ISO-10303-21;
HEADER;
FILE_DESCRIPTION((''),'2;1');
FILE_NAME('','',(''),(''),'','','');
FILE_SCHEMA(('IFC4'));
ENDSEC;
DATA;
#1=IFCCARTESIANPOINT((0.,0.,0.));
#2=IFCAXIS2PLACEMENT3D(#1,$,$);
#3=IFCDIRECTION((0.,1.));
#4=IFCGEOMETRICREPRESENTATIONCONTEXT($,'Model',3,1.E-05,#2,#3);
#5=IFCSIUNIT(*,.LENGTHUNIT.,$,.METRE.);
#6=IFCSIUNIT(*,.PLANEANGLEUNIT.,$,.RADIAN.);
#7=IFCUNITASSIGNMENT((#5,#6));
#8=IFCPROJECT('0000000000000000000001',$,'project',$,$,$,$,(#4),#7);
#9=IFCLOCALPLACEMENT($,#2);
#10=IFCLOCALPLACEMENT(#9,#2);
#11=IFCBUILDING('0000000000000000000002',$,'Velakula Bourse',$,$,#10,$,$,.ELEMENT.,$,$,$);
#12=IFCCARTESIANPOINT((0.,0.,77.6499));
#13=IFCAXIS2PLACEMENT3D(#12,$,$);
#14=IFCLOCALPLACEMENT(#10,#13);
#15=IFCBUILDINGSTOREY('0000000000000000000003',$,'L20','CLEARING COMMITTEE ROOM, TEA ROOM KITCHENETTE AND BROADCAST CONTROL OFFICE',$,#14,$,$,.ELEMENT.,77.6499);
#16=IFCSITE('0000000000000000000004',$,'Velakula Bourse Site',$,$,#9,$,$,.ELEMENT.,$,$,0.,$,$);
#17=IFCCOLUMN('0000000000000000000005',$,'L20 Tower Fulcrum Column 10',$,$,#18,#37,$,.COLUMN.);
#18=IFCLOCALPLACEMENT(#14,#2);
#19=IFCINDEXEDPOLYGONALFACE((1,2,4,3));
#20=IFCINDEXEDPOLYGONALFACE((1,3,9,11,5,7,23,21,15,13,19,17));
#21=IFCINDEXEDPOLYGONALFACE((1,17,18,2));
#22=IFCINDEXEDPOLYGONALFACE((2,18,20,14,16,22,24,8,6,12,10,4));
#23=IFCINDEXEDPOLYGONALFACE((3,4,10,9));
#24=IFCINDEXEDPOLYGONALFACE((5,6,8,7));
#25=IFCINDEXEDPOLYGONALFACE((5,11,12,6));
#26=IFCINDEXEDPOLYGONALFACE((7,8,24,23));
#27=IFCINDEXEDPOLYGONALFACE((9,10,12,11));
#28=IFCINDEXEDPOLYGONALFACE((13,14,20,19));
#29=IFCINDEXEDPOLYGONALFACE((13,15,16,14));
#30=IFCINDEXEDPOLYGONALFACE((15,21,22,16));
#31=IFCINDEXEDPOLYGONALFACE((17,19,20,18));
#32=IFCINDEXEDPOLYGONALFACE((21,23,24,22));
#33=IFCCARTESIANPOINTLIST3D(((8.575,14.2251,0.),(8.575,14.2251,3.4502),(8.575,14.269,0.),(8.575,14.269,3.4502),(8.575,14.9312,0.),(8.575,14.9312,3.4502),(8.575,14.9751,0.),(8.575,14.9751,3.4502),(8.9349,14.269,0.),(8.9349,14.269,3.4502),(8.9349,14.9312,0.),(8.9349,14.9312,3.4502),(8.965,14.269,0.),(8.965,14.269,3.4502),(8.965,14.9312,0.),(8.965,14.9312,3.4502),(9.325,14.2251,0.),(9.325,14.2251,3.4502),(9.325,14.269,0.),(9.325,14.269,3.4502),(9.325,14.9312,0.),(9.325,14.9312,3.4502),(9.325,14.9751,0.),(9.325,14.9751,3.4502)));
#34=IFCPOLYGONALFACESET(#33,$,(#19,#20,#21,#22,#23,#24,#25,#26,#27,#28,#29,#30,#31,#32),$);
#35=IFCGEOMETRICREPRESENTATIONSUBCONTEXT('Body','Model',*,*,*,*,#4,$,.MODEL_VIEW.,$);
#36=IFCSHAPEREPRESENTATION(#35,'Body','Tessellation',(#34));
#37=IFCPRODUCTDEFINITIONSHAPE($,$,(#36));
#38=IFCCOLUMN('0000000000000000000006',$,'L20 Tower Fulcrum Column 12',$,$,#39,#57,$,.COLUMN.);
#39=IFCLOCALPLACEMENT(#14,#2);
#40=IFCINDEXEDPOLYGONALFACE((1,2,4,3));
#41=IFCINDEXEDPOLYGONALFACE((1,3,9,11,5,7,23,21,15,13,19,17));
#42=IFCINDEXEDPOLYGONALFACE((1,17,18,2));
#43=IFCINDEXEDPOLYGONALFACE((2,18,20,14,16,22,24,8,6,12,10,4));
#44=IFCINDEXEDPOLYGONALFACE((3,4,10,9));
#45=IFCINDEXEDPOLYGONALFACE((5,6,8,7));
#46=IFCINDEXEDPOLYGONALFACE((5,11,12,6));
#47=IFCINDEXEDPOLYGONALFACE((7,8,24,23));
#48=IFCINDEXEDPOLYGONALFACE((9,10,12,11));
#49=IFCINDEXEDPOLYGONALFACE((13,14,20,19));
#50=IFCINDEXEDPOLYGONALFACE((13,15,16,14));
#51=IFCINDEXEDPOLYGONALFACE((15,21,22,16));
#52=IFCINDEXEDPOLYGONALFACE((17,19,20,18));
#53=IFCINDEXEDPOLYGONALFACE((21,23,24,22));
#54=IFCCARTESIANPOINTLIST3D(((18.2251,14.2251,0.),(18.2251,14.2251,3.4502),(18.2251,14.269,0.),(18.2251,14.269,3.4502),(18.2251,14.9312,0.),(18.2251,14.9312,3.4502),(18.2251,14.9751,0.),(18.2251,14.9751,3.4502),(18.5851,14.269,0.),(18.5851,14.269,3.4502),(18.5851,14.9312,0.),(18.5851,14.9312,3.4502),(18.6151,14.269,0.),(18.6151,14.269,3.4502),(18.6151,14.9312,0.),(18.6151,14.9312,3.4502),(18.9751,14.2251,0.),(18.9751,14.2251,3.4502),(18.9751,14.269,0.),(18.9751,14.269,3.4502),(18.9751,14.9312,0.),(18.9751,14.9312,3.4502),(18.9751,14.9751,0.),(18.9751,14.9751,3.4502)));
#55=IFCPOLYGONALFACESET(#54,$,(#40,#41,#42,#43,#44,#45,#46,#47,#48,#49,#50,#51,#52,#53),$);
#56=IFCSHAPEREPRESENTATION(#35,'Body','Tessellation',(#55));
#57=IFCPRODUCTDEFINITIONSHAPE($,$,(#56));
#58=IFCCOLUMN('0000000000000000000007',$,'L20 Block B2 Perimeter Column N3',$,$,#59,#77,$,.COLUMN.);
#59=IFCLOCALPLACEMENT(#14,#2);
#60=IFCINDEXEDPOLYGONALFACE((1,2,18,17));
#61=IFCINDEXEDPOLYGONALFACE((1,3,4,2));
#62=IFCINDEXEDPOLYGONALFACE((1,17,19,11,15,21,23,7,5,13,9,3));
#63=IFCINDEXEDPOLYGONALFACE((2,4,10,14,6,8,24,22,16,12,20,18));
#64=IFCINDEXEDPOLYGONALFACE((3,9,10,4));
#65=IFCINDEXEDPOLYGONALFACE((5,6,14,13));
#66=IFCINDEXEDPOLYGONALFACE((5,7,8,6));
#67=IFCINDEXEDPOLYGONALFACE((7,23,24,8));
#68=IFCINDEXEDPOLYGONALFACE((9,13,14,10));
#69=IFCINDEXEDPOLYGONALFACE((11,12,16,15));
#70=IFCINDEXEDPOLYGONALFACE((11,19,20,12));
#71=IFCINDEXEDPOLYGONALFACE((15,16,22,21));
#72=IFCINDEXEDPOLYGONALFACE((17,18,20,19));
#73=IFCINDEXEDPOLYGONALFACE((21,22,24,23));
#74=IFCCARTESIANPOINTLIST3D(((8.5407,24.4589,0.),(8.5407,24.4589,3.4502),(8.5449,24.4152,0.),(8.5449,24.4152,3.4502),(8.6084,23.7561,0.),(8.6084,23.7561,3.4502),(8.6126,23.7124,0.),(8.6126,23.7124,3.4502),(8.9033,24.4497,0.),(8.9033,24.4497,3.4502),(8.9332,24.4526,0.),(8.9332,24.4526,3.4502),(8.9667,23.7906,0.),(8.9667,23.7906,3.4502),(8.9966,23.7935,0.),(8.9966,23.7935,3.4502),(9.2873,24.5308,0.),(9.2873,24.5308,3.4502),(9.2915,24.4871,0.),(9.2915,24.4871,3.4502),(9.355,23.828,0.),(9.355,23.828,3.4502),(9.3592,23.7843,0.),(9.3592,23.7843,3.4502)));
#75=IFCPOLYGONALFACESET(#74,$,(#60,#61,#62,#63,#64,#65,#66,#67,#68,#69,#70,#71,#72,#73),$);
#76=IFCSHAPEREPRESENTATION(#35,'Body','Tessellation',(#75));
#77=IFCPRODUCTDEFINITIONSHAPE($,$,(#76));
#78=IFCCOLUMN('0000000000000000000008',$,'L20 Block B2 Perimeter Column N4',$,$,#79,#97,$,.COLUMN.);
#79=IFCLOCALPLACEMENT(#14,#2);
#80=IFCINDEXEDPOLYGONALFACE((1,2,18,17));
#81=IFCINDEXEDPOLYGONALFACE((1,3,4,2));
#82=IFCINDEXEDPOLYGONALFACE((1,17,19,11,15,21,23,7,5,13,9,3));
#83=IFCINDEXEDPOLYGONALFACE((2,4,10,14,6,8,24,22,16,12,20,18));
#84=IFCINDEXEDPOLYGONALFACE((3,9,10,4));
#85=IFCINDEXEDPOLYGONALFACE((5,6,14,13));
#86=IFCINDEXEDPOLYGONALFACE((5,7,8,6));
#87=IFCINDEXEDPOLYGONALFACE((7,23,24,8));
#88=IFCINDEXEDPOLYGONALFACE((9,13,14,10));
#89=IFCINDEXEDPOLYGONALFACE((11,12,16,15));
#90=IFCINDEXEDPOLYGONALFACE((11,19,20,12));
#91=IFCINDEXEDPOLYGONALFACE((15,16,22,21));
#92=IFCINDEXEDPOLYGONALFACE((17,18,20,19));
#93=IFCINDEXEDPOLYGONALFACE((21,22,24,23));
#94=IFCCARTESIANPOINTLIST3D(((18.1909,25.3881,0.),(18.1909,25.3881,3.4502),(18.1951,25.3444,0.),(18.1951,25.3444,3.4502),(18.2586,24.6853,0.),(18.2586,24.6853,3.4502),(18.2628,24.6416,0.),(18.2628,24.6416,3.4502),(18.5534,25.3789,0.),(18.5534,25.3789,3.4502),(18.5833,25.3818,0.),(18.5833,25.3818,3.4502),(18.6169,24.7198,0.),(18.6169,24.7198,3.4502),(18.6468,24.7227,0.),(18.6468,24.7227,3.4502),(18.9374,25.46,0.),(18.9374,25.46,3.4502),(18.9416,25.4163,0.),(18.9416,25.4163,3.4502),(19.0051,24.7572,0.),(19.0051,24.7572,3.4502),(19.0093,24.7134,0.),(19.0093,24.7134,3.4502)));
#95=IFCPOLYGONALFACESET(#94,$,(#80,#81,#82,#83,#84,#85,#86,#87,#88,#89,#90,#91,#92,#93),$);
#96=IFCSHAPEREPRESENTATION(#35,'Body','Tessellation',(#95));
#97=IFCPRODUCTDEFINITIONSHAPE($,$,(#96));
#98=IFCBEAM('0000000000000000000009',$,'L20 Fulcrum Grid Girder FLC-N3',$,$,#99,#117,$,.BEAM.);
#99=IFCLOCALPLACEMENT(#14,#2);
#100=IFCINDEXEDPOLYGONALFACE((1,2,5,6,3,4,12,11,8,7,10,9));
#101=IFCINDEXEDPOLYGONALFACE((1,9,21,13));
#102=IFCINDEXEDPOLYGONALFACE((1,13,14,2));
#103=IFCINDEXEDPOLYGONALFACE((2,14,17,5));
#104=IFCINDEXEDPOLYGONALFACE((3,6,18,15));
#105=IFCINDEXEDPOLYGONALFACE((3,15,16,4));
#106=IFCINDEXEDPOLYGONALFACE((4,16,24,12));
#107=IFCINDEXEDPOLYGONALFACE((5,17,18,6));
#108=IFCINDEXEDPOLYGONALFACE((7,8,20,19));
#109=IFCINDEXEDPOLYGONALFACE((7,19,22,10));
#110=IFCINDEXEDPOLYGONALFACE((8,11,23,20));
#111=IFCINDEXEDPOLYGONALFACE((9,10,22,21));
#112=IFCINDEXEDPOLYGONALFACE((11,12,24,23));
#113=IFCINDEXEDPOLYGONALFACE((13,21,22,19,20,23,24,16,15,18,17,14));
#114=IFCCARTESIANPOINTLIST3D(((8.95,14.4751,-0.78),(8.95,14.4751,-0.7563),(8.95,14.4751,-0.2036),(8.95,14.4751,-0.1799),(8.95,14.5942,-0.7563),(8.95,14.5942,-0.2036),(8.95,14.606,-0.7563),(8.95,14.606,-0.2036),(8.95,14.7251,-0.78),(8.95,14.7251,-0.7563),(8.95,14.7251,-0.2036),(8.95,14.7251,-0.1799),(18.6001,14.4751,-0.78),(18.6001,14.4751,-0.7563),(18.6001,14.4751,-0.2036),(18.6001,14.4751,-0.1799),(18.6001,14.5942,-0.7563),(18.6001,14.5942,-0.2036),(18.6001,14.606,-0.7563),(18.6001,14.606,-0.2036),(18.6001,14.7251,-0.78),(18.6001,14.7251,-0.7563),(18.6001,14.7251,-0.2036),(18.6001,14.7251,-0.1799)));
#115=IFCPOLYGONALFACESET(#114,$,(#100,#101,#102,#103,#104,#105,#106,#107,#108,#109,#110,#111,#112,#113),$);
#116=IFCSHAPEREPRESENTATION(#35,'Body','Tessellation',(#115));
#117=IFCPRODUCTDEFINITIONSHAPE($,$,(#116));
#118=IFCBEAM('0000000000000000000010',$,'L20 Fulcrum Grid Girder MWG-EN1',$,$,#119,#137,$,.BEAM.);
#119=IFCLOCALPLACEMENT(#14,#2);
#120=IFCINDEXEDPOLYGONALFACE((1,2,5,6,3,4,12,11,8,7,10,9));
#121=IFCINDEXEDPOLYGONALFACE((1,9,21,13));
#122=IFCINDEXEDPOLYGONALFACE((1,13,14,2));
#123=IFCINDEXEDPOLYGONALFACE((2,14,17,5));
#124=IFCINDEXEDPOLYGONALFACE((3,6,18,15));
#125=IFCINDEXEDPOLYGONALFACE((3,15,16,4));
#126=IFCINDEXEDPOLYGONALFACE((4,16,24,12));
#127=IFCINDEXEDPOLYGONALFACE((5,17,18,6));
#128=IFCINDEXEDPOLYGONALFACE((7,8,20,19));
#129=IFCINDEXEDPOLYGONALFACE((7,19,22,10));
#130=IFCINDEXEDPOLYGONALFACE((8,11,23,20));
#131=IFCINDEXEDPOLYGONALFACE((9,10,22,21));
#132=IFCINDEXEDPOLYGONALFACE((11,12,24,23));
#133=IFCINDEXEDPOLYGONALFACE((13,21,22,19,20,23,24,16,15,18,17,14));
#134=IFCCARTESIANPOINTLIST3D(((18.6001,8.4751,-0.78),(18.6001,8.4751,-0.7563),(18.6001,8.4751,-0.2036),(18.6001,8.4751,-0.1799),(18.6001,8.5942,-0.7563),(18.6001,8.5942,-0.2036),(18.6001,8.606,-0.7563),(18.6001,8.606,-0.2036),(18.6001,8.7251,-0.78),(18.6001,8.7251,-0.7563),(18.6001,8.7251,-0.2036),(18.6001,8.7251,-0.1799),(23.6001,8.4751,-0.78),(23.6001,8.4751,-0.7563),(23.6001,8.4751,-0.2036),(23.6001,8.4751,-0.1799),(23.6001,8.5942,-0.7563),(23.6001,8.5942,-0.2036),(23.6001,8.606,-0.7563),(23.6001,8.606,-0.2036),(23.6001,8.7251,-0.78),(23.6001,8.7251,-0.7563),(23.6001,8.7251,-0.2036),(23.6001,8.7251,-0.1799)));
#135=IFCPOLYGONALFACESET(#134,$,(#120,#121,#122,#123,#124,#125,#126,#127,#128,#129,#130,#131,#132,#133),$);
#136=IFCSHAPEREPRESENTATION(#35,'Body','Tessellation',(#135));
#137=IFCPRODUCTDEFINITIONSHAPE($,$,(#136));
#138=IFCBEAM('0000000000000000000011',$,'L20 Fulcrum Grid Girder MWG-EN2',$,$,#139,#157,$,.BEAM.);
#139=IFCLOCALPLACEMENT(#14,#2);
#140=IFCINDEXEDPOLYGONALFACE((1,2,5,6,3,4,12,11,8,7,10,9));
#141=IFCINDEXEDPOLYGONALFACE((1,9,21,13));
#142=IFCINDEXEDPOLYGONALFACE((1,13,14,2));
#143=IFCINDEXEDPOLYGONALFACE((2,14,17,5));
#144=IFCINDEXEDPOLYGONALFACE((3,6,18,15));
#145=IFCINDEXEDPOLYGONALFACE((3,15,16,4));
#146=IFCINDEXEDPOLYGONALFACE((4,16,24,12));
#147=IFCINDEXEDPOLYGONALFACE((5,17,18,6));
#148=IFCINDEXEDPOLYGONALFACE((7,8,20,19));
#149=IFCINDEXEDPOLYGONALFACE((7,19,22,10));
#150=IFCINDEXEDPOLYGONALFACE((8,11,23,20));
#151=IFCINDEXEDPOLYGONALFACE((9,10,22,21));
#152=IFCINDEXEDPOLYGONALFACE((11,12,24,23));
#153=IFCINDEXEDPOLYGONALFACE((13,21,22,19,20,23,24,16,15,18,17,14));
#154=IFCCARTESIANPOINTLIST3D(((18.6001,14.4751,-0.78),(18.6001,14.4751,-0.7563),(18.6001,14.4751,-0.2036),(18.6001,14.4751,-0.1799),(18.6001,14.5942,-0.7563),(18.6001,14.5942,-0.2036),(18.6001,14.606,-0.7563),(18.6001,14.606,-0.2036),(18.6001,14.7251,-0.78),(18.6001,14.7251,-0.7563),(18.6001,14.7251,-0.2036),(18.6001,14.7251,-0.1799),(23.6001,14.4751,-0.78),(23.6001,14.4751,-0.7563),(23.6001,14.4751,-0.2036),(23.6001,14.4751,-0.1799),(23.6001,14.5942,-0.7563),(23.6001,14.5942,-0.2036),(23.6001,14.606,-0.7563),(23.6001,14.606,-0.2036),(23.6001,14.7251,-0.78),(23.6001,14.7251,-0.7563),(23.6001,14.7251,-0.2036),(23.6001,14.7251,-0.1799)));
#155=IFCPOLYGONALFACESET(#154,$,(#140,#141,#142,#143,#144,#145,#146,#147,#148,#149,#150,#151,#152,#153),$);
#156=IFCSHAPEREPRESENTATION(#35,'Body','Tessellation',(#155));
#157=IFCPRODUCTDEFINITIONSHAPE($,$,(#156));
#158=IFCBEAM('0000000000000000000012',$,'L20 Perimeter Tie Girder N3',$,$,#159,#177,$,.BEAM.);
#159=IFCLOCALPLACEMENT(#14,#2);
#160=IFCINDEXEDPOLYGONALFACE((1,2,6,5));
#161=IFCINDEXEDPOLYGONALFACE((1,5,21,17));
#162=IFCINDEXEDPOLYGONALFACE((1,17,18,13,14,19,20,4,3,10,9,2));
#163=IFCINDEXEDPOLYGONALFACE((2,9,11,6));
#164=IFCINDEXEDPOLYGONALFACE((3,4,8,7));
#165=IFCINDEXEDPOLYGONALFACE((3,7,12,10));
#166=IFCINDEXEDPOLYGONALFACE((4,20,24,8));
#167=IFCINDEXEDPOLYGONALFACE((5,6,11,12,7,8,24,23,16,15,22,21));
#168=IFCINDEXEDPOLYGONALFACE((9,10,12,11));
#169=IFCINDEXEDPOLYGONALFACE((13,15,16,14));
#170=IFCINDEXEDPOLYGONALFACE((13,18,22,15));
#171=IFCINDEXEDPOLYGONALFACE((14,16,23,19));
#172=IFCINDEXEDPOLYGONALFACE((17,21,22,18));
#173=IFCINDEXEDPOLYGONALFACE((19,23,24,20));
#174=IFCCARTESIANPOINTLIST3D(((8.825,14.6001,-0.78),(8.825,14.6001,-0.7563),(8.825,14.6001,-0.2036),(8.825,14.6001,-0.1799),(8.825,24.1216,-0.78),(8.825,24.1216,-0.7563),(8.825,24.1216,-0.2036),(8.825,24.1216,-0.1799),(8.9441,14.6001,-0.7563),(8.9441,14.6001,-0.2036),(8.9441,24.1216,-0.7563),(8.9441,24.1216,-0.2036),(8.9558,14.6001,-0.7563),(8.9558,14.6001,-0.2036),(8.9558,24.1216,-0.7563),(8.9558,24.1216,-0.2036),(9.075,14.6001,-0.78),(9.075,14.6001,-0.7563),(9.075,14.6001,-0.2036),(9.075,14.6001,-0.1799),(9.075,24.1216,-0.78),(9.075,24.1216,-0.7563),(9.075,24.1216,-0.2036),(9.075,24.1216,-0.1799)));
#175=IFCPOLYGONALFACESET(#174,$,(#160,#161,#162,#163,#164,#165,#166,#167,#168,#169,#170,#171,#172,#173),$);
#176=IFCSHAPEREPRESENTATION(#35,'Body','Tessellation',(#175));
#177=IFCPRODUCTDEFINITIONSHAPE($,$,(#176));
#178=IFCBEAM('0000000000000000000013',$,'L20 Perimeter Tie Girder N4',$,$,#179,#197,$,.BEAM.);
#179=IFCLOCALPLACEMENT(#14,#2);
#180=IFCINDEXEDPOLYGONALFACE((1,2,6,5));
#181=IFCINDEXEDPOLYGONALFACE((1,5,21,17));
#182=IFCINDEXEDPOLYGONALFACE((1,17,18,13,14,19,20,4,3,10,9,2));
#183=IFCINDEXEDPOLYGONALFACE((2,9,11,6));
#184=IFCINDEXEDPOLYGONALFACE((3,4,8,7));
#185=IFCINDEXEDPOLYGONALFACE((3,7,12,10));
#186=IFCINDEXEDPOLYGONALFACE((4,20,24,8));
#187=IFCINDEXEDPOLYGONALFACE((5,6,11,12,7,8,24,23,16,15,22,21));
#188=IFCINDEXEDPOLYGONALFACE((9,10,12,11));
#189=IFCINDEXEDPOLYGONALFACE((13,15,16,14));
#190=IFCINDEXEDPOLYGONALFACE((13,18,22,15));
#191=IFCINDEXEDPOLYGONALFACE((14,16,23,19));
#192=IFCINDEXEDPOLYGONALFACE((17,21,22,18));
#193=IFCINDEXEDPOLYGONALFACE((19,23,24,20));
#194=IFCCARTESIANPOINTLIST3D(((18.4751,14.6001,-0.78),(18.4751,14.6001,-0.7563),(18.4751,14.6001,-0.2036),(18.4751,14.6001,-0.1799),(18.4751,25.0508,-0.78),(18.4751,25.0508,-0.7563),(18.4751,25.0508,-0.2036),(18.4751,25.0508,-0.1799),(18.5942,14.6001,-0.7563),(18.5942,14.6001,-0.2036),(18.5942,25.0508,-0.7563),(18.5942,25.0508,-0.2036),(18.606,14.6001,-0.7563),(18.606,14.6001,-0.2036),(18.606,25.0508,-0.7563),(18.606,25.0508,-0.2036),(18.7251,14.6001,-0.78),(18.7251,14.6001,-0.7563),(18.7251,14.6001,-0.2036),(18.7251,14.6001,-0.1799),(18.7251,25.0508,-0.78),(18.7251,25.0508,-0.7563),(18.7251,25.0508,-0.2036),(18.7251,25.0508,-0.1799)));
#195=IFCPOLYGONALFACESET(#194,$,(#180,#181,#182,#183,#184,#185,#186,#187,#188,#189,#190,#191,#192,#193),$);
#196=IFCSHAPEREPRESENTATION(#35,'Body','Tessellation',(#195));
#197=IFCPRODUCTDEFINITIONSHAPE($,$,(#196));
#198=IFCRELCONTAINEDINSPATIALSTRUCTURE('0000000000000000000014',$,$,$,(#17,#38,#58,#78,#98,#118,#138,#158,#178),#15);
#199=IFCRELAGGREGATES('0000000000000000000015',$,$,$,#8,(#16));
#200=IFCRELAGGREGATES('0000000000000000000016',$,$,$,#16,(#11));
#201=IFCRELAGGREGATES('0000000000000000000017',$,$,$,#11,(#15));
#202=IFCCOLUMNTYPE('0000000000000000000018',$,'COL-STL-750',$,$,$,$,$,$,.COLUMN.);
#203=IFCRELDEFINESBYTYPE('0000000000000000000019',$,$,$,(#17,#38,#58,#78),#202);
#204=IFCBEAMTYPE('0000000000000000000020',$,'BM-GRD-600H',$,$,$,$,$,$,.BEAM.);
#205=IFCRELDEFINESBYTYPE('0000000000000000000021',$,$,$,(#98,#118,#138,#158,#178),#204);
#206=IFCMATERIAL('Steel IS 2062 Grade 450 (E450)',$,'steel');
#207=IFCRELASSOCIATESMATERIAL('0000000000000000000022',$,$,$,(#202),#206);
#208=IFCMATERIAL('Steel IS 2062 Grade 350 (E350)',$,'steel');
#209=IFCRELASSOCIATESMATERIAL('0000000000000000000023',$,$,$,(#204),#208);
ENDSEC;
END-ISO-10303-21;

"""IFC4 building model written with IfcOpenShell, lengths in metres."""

from ifc_helpers import new_model, si_unit, direction, frame, origin, origin_2d, place, context, subcontext, project, spatial, i_section, extrude, material, material_profile, profile_set, type_object, element, save


model = new_model("IFC4")

# Units and contexts
model_context = context("Model", 3, precision=1e-05, world=origin(), true_north=direction((0.0, 1.0)))
body_context = subcontext(model_context, "Body", "Model", "MODEL_VIEW")
ifc_project = project(units=[si_unit("LENGTHUNIT", "METRE"), si_unit("PLANEANGLEUNIT", "RADIAN")], contexts=[model_context])

# Site, building, storey
site_placement = place(None, origin())
site = spatial("IfcSite", under=ifc_project, at=site_placement, Name="Velakula Bourse Site", CompositionType="ELEMENT", RefElevation=0.0)
building_placement = place(site_placement, origin())
building = spatial("IfcBuilding", under=site, at=building_placement, Name="Velakula Bourse", CompositionType="ELEMENT")
storey_placement = place(building_placement, frame((0.0, 0.0, 77.6499)))
storey = spatial("IfcBuildingStorey", under=building, at=storey_placement, Name="L20", Description="CLEARING COMMITTEE ROOM, TEA ROOM KITCHENETTE AND BROADCAST CONTROL OFFICE", CompositionType="ELEMENT", Elevation=77.6499)

# Columns
ifc_material_1 = material(Name="Steel IS 2062 Grade 450 (E450)", Category="steel")
ifc_material_profile_1 = material_profile(ifc_material_1, i_section(OverallWidth=0.75, OverallDepth=0.75, WebThickness=0.03, FlangeThickness=0.0439, at=origin_2d()), Name="Steel IS 2062 Grade 450 (E450)")
ifc_profile_set_1 = profile_set([ifc_material_profile_1], Name="Steel IS 2062 Grade 450 (E450)")
column_type = type_object("IfcColumnType", Name="COL-STL-750", PredefinedType="COLUMN", material=ifc_profile_set_1)
for number, where, z_axis, x_axis, name in (
    (1, (8.95, 14.6001, 0.0), (0.0, 0.0, 1.0), (1.0, 0.0, 0.0), "L20 Tower Fulcrum Column 10"),
    (2, (18.6001, 14.6001, 0.0), (0.0, 0.0, 1.0), (1.0, 0.0, 0.0), "L20 Tower Fulcrum Column 12"),
    (3, (8.95, 24.1216, 0.0), (0.0, 0.0, 1.0), (0.995396, 0.095846, 0.0), "L20 Block B2 Perimeter Column N3"),
    (4, (18.6001, 25.0508, 0.0), (0.0, 0.0, 1.0), (0.995396, 0.095846, 0.0), "L20 Block B2 Perimeter Column N4"),
):
    element("IfcColumn", number, at=place(storey_placement, frame(where, z_axis=z_axis, x_axis=x_axis)), inside=storey, type_object=column_type, Name=name, PredefinedType="COLUMN", context=body_context, shape_type="SweptSolid", body=[
        extrude(i_section(OverallWidth=0.75, OverallDepth=0.75, WebThickness=0.03, FlangeThickness=0.0439, at=origin_2d()), origin(), (0.0, 0.0, 1.0), 3.4502),
    ])

# Beams
ifc_material_2 = material(Name="Steel IS 2062 Grade 350 (E350)", Category="steel")
ifc_material_profile_2 = material_profile(ifc_material_2, i_section(OverallWidth=0.25, OverallDepth=0.6001, WebThickness=0.0117, FlangeThickness=0.0237, at=origin_2d()), Name="Steel IS 2062 Grade 350 (E350)")
ifc_profile_set_2 = profile_set([ifc_material_profile_2], Name="Steel IS 2062 Grade 350 (E350)")
beam_type_1 = type_object("IfcBeamType", Name="BM-GRD-600H", PredefinedType="BEAM", material=ifc_profile_set_2)
beam_1_placement = place(storey_placement, frame((8.95, 14.6001, -0.48), z_axis=(1.0, 0.0, 0.0), x_axis=(0.0, 1.0, 0.0)))
element("IfcBeam", 5, at=beam_1_placement, inside=storey, type_object=beam_type_1, Name="L20 Fulcrum Grid Girder FLC-N3", PredefinedType="BEAM", context=body_context, shape_type="SweptSolid", body=[
    extrude(i_section(OverallWidth=0.25, OverallDepth=0.6001, WebThickness=0.0117, FlangeThickness=0.0237, at=origin_2d()), origin(), (0.0, 0.0, 1.0), 9.6501),
])
for number, where, z_axis, x_axis, name in (
    (6, (18.6001, 8.6001, -0.48), (1.0, 0.0, 0.0), (0.0, 1.0, 0.0), "L20 Fulcrum Grid Girder MWG-EN1"),
    (7, (18.6001, 14.6001, -0.48), (1.0, 0.0, 0.0), (0.0, 1.0, 0.0), "L20 Fulcrum Grid Girder MWG-EN2"),
):
    element("IfcBeam", number, at=place(storey_placement, frame(where, z_axis=z_axis, x_axis=x_axis)), inside=storey, type_object=beam_type_1, Name=name, PredefinedType="BEAM", context=body_context, shape_type="SweptSolid", body=[
        extrude(i_section(OverallWidth=0.25, OverallDepth=0.6001, WebThickness=0.0117, FlangeThickness=0.0237, at=origin_2d()), origin(), (0.0, 0.0, 1.0), 5.0),
    ])
beam_2_placement = place(storey_placement, frame((8.95, 14.6001, -0.48), z_axis=(0.0, 1.0, 0.0), x_axis=(-1.0, 0.0, 0.0)))
element("IfcBeam", 8, at=beam_2_placement, inside=storey, type_object=beam_type_1, Name="L20 Perimeter Tie Girder N3", PredefinedType="BEAM", context=body_context, shape_type="SweptSolid", body=[
    extrude(i_section(OverallWidth=0.25, OverallDepth=0.6001, WebThickness=0.0117, FlangeThickness=0.0237, at=origin_2d()), origin(), (0.0, 0.0, 1.0), 9.5215),
])
beam_3_placement = place(storey_placement, frame((18.6001, 14.6001, -0.48), z_axis=(0.0, 1.0, 0.0), x_axis=(-1.0, 0.0, 0.0)))
element("IfcBeam", 9, at=beam_3_placement, inside=storey, type_object=beam_type_1, Name="L20 Perimeter Tie Girder N4", PredefinedType="BEAM", context=body_context, shape_type="SweptSolid", body=[
    extrude(i_section(OverallWidth=0.25, OverallDepth=0.6001, WebThickness=0.0117, FlangeThickness=0.0237, at=origin_2d()), origin(), (0.0, 0.0, 1.0), 10.4507),
])

save(model, "model.ifc")
